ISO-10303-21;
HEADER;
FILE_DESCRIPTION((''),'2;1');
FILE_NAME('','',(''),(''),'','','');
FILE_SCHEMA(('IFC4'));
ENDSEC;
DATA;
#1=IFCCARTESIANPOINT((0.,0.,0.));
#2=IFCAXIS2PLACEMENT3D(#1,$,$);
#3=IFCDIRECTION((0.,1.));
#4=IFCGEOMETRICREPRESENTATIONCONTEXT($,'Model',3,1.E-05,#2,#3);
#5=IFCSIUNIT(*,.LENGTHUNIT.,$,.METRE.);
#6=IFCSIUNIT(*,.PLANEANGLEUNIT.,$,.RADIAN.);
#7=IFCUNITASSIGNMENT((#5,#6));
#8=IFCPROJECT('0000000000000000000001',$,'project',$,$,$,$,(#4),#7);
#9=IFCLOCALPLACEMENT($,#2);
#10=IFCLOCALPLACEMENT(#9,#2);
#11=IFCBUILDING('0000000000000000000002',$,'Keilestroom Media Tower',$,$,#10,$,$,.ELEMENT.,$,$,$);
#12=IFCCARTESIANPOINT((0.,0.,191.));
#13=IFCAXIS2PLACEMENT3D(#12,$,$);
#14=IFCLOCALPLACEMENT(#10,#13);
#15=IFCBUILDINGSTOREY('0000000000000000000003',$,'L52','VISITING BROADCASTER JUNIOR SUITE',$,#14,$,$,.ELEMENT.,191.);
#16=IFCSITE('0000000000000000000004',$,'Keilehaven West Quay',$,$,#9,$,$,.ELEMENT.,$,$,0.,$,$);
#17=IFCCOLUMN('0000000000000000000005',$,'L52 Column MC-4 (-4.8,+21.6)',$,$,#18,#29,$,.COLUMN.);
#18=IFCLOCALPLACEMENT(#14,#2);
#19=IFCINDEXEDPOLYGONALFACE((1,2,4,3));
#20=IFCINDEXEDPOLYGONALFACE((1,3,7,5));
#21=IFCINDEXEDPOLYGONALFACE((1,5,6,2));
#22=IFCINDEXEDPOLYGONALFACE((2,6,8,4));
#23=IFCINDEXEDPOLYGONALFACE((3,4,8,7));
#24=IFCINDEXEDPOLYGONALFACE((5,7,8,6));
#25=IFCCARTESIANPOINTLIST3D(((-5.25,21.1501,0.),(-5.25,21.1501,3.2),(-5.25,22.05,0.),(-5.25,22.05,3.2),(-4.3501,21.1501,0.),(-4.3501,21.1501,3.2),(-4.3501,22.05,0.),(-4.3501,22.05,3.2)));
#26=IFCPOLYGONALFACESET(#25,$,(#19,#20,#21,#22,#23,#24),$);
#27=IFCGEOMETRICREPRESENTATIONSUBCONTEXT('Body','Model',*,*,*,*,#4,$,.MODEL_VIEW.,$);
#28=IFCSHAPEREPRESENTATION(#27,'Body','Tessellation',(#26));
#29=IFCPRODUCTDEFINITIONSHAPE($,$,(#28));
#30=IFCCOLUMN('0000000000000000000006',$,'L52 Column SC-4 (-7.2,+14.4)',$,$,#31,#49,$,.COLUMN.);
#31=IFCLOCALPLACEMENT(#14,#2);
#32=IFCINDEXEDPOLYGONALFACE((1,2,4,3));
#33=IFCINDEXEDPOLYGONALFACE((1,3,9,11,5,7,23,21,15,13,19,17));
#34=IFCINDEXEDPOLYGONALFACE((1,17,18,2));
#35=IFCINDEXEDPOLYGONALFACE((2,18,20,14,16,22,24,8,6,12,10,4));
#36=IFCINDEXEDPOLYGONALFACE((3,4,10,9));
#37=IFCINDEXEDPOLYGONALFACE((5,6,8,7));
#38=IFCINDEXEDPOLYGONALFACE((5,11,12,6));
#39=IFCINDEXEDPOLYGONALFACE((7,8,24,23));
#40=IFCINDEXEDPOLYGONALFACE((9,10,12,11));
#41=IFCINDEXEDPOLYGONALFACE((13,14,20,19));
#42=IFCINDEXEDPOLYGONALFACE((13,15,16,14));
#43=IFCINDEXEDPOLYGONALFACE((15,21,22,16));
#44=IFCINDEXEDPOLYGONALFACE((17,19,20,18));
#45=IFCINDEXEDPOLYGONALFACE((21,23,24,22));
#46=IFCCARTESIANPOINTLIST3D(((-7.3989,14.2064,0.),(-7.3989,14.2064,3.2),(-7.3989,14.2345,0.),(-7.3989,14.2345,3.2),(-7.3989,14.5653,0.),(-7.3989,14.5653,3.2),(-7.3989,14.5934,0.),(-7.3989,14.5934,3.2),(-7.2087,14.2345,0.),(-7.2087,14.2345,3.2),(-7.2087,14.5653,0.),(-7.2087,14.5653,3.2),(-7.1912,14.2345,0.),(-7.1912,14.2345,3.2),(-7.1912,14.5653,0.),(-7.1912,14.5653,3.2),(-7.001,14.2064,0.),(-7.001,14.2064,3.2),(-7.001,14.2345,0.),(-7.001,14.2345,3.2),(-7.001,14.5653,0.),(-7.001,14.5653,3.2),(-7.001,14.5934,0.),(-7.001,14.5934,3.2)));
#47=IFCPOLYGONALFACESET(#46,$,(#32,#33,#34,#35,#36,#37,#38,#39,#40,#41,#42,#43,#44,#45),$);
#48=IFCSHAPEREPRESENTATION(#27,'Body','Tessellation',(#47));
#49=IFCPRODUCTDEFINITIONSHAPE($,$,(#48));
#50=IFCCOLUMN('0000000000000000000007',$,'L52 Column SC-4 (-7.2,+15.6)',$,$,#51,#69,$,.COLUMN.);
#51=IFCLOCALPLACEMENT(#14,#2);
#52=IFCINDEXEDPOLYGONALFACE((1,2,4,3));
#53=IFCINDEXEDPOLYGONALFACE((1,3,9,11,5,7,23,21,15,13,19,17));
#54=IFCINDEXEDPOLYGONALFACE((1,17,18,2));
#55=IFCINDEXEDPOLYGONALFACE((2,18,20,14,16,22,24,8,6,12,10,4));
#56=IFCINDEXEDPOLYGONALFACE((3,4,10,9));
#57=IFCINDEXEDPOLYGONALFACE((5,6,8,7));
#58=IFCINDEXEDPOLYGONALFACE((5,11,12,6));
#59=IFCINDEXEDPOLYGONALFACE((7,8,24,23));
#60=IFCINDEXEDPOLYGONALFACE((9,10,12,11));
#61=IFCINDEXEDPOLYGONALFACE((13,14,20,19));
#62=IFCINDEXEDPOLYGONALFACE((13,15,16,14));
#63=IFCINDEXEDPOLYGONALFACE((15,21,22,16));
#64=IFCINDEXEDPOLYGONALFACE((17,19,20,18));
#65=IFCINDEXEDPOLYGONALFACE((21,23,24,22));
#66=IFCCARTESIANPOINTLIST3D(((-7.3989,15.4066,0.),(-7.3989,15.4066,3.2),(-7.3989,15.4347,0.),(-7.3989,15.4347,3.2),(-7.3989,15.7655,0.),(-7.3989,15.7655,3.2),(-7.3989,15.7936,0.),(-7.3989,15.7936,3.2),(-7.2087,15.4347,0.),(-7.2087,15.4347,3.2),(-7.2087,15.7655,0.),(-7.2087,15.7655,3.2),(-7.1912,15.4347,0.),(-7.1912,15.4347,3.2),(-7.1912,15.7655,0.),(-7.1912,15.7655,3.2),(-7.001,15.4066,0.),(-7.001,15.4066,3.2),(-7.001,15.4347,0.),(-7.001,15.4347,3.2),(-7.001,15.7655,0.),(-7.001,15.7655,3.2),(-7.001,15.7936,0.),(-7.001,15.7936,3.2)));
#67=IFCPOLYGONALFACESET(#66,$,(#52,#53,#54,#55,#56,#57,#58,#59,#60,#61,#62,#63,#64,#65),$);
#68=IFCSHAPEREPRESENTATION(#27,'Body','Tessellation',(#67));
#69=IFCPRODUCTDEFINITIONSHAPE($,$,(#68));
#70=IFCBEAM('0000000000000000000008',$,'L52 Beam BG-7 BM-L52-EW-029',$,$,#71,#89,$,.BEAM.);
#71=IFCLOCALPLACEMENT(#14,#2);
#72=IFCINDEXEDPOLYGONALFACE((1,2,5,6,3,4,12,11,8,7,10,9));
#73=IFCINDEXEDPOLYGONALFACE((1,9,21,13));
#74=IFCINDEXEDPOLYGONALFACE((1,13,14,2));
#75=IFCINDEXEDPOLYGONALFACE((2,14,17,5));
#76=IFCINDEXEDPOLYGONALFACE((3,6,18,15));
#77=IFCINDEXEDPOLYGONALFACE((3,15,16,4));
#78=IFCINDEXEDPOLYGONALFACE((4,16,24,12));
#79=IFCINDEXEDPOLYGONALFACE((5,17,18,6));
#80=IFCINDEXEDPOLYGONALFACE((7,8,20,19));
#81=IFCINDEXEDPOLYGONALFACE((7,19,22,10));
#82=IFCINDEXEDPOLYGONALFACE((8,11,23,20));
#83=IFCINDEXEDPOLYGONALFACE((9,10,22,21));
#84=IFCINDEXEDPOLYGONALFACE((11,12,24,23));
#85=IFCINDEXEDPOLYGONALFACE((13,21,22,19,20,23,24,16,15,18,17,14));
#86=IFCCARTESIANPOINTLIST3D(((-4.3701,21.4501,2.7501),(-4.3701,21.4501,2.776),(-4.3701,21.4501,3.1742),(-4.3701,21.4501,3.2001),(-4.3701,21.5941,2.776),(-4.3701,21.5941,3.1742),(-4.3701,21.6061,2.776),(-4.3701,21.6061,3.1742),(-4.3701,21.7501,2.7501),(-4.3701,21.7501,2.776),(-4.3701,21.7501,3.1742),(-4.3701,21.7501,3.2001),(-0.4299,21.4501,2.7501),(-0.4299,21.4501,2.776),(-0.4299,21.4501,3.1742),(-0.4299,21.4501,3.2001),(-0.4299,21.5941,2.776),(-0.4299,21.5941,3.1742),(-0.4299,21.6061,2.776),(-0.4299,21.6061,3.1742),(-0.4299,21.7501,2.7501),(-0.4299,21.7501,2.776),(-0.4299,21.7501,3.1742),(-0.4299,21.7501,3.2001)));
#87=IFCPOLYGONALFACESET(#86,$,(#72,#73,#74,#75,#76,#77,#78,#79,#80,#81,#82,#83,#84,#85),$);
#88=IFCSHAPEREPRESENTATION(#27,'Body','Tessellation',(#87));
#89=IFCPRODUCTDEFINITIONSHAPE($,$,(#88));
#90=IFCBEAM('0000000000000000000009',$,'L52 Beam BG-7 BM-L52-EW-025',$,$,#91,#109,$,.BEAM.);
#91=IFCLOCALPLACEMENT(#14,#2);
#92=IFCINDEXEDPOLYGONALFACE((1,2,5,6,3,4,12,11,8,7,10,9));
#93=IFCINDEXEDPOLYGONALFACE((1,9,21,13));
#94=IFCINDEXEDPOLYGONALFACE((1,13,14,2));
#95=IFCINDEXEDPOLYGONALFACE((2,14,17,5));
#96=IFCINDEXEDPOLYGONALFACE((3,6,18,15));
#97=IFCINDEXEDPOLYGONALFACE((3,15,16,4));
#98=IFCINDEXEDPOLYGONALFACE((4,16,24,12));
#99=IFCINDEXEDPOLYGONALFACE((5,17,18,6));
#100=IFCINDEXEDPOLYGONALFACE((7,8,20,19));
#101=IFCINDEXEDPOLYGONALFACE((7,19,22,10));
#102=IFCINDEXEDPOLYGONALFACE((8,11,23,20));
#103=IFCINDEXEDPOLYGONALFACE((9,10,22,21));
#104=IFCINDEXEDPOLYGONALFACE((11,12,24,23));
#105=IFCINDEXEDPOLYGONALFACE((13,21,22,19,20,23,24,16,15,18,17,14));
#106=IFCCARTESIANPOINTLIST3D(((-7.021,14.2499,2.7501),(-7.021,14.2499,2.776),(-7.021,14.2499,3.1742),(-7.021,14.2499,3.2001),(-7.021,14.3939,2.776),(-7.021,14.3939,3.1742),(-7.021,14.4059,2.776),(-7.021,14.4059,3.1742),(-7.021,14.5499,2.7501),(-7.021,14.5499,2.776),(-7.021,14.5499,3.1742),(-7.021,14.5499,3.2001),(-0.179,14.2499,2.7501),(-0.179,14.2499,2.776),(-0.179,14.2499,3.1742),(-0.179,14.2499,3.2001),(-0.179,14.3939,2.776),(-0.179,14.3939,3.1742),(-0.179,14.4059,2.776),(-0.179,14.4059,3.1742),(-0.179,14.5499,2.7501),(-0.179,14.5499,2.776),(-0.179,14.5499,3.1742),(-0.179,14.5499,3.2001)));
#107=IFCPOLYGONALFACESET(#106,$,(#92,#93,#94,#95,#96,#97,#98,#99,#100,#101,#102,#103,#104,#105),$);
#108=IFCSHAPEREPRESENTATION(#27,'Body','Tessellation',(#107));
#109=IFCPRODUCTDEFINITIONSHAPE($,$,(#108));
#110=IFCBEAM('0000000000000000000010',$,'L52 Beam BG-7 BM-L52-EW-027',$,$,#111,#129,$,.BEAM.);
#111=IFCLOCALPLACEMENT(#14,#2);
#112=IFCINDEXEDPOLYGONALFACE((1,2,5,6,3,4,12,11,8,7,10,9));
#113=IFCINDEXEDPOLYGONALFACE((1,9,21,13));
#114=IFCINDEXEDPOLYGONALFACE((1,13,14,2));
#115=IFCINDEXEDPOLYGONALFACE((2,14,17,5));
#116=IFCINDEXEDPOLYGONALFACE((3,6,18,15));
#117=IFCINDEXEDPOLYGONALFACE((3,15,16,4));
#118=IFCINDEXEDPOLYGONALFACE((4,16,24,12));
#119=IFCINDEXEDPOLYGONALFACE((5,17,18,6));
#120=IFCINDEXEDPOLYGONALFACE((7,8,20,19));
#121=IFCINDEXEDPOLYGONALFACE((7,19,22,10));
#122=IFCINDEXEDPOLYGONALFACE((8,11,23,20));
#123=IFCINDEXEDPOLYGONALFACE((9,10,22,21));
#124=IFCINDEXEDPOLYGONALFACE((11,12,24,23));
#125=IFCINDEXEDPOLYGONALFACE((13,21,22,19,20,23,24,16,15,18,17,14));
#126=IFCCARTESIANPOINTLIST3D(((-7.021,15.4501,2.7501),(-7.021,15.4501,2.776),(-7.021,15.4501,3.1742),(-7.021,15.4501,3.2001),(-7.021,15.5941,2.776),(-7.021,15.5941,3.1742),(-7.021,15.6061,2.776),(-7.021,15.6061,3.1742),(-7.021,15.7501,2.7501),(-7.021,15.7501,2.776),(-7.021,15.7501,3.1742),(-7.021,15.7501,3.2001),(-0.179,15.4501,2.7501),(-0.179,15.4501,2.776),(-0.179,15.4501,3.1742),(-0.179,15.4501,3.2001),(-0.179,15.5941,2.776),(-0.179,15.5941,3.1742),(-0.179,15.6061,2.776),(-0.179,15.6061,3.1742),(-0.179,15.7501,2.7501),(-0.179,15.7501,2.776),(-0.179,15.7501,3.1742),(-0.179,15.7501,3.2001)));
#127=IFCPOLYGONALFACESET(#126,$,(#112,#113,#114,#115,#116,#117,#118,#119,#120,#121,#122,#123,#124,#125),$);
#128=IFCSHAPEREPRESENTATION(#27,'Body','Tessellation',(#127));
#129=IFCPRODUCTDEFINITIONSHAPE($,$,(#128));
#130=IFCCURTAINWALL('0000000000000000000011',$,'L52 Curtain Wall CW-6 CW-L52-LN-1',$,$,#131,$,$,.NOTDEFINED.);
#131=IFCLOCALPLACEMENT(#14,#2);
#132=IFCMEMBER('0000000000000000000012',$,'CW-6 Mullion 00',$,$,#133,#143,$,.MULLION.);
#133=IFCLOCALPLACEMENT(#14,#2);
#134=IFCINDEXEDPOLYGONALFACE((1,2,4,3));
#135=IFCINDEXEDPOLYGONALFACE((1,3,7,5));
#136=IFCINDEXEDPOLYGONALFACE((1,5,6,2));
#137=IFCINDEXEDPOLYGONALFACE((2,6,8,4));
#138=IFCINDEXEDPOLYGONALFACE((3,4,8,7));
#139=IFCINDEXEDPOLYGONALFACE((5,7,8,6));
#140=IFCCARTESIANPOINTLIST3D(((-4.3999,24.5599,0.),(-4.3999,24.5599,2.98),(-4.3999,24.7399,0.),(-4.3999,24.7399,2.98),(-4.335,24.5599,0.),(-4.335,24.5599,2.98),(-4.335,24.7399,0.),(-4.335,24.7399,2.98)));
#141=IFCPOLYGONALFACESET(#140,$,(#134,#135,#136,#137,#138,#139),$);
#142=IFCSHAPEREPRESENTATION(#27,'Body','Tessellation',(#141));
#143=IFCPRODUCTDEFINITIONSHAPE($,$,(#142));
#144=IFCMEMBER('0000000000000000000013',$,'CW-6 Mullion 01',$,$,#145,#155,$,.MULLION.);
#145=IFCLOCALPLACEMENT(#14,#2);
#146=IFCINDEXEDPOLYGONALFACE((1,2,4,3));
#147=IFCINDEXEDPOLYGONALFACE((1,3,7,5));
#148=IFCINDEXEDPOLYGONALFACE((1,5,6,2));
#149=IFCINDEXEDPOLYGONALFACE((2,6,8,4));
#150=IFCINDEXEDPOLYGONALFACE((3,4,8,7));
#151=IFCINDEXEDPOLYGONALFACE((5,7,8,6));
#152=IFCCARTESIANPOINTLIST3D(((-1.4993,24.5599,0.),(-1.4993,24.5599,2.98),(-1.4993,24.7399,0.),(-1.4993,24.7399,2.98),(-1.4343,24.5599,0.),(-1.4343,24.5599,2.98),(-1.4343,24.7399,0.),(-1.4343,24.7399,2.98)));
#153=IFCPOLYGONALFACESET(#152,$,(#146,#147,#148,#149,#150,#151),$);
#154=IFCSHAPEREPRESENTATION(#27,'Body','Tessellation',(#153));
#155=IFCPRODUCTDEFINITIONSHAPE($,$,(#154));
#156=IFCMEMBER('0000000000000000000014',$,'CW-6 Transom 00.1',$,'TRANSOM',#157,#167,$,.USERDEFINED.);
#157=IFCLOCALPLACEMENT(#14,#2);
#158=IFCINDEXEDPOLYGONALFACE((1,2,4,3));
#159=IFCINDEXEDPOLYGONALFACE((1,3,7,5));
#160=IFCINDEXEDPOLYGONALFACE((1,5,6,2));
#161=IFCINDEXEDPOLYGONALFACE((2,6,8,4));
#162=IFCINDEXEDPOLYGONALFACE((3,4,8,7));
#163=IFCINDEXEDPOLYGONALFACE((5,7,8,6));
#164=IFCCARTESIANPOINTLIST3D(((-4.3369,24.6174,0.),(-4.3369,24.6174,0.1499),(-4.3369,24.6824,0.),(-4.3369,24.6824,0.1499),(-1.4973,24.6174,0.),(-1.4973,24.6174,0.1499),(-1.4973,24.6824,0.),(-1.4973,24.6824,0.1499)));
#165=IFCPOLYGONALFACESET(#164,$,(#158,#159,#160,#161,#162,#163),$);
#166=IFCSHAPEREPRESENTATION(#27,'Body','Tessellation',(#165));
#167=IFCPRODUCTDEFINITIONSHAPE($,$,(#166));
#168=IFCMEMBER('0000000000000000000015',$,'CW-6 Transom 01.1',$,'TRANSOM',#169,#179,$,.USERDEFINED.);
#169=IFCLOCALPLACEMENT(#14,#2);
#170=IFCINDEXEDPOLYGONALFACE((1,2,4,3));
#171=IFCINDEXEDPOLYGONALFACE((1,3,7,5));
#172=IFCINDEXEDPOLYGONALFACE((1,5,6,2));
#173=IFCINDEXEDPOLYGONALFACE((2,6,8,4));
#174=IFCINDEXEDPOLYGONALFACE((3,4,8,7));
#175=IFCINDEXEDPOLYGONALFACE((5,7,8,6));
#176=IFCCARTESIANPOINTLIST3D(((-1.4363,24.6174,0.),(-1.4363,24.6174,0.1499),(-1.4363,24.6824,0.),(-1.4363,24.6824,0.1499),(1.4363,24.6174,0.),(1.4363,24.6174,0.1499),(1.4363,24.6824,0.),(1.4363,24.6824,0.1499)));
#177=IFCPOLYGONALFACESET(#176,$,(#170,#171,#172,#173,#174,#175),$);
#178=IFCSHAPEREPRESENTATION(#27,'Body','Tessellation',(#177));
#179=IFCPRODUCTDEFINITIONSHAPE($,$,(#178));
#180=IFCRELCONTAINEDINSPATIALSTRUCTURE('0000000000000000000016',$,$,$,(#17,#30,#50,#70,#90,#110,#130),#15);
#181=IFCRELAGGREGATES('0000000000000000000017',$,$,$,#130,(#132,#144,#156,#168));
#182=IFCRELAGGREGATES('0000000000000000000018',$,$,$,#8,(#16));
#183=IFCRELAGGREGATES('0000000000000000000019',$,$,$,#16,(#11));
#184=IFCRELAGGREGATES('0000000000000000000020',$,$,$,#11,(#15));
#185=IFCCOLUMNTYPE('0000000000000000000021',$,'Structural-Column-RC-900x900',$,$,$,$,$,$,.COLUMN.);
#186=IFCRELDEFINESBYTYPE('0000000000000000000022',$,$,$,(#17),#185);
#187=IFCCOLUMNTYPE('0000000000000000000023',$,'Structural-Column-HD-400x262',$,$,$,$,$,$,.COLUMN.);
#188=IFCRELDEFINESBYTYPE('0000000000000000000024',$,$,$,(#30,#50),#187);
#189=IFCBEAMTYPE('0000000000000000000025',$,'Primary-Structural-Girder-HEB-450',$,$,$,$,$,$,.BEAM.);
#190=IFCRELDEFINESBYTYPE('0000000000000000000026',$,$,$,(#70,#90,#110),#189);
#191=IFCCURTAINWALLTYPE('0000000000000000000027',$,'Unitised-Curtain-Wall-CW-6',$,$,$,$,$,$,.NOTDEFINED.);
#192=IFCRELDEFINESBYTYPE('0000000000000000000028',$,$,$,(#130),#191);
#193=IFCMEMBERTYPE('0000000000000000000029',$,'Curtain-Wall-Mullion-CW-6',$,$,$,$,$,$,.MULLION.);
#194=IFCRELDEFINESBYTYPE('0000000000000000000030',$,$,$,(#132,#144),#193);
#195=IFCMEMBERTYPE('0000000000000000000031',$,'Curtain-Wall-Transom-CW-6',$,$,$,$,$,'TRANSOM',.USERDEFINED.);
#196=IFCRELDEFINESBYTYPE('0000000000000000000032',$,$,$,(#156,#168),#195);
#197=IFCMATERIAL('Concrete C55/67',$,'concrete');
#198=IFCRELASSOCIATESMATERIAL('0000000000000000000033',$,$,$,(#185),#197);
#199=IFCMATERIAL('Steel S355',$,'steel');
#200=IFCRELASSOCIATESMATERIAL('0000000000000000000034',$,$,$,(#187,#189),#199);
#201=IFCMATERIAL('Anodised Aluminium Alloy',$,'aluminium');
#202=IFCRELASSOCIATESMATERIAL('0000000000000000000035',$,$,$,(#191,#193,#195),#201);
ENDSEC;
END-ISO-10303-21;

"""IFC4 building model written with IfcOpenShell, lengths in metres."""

from ifc_helpers import new_model, si_unit, direction, frame, origin, origin_2d, place, context, subcontext, project, spatial, rectangle, i_section, extrude, source, transform, mapped, material, material_profile, profile_set, type_object, element, aggregate, save


model = new_model("IFC4")

# Units and contexts
model_context = context("Model", 3, precision=1e-05, world=origin(), true_north=direction((0.0, 1.0)))
body_context = subcontext(model_context, "Body", "Model", "MODEL_VIEW")
ifc_project = project(units=[si_unit("LENGTHUNIT", "METRE"), si_unit("PLANEANGLEUNIT", "RADIAN")], contexts=[model_context])

# Site, building, storey
site_placement = place(None, origin())
site = spatial("IfcSite", under=ifc_project, at=site_placement, Name="Keilehaven West Quay", CompositionType="ELEMENT", RefElevation=0.0)
building_placement = place(site_placement, origin())
building = spatial("IfcBuilding", under=site, at=building_placement, Name="Keilestroom Media Tower", CompositionType="ELEMENT")
storey_placement = place(building_placement, frame((0.0, 0.0, 191.0)))
storey = spatial("IfcBuildingStorey", under=building, at=storey_placement, Name="L52", Description="VISITING BROADCASTER JUNIOR SUITE", CompositionType="ELEMENT", Elevation=191.0)

# Columns
ifc_material_1 = material(Name="Concrete C55/67", Category="concrete")
ifc_material_profile_1 = material_profile(ifc_material_1, rectangle(XDim=0.8999, YDim=0.8999, at=origin_2d()), Name="RC 900x900")
ifc_profile_set_1 = profile_set([ifc_material_profile_1], Name="Concrete C55/67")
column_type_1 = type_object("IfcColumnType", Name="Structural-Column-RC-900x900", PredefinedType="COLUMN", material=ifc_profile_set_1)
shared_shape_1 = source(origin(), body_context, "Body", "SweptSolid", [
    extrude(rectangle(XDim=0.8999, YDim=0.8999, at=origin_2d()), origin(), (0.0, 0.0, 1.0), 3.2),
])
column_placement = place(storey_placement, frame((-4.8, 21.6001, 0.0), z_axis=(0.0, 0.0, 1.0), x_axis=(1.0, 0.0, 0.0)))
element("IfcColumn", 1, at=column_placement, inside=storey, type_object=column_type_1, Name="L52 Column MC-4 (-4.8,+21.6)", PredefinedType="COLUMN", context=body_context, shape_type="MappedRepresentation", body=[
    mapped(shared_shape_1, transform((0.0, 0.0, 0.0), x_axis=(1.0, 0.0, 0.0), y_axis=(0.0, 1.0, 0.0), z_axis=(0.0, 0.0, 1.0), scale=1.0)),
])
ifc_material_2 = material(Name="Steel S355", Category="steel")
ifc_material_profile_2 = material_profile(ifc_material_2, i_section(OverallWidth=0.3979, OverallDepth=0.387, WebThickness=0.0176, FlangeThickness=0.0281, at=origin_2d()), Name="HD 400x262")
ifc_profile_set_2 = profile_set([ifc_material_profile_2], Name="Steel S355")
column_type_2 = type_object("IfcColumnType", Name="Structural-Column-HD-400x262", PredefinedType="COLUMN", material=ifc_profile_set_2)
shared_shape_2 = source(origin(), body_context, "Body", "SweptSolid", [
    extrude(i_section(OverallWidth=0.3979, OverallDepth=0.387, WebThickness=0.0176, FlangeThickness=0.0281, at=origin_2d()), origin(), (0.0, 0.0, 1.0), 3.2),
])
for number, where, z_axis, x_axis, name in (
    (2, (-7.2, 14.3999, 0.0), (0.0, 0.0, 1.0), (1.0, 0.0, 0.0), "L52 Column SC-4 (-7.2,+14.4)"),
    (3, (-7.2, 15.6001, 0.0), (0.0, 0.0, 1.0), (1.0, 0.0, 0.0), "L52 Column SC-4 (-7.2,+15.6)"),
):
    element("IfcColumn", number, at=place(storey_placement, frame(where, z_axis=z_axis, x_axis=x_axis)), inside=storey, type_object=column_type_2, Name=name, PredefinedType="COLUMN", context=body_context, shape_type="MappedRepresentation", body=[
        mapped(shared_shape_2, transform((0.0, 0.0, 0.0), x_axis=(1.0, 0.0, 0.0), y_axis=(0.0, 1.0, 0.0), z_axis=(0.0, 0.0, 1.0), scale=1.0)),
    ])

# Beams
ifc_material_profile_3 = material_profile(ifc_material_2, i_section(OverallWidth=0.3, OverallDepth=0.45, WebThickness=0.012, FlangeThickness=0.0259, at=origin_2d()), Name="HEB 450")
ifc_profile_set_3 = profile_set([ifc_material_profile_3], Name="Steel S355")
beam_type = type_object("IfcBeamType", Name="Primary-Structural-Girder-HEB-450", PredefinedType="BEAM", material=ifc_profile_set_3)
shared_shape_3 = source(origin(), body_context, "Body", "SweptSolid", [
    extrude(i_section(OverallWidth=0.3, OverallDepth=0.45, WebThickness=0.012, FlangeThickness=0.0259, at=origin_2d()), origin(), (0.0, 0.0, 1.0), 3.9402),
])
beam_placement = place(storey_placement, frame((-4.3701, 21.6001, 2.9751), z_axis=(1.0, 0.0, 0.0), x_axis=(0.0, 1.0, 0.0)))
element("IfcBeam", 4, at=beam_placement, inside=storey, type_object=beam_type, Name="L52 Beam BG-7 BM-L52-EW-029", PredefinedType="BEAM", context=body_context, shape_type="MappedRepresentation", body=[
    mapped(shared_shape_3, transform((0.0, 0.0, 0.0), x_axis=(1.0, 0.0, 0.0), y_axis=(0.0, 1.0, 0.0), z_axis=(0.0, 0.0, 1.0), scale=1.0)),
])
shared_shape_4 = source(origin(), body_context, "Body", "SweptSolid", [
    extrude(i_section(OverallWidth=0.3, OverallDepth=0.45, WebThickness=0.012, FlangeThickness=0.0259, at=origin_2d()), origin(), (0.0, 0.0, 1.0), 6.842),
])
for number, where, z_axis, x_axis, name in (
    (5, (-7.021, 14.3999, 2.9751), (1.0, 0.0, 0.0), (0.0, 1.0, 0.0), "L52 Beam BG-7 BM-L52-EW-025"),
    (6, (-7.021, 15.6001, 2.9751), (1.0, 0.0, 0.0), (0.0, 1.0, 0.0), "L52 Beam BG-7 BM-L52-EW-027"),
):
    element("IfcBeam", number, at=place(storey_placement, frame(where, z_axis=z_axis, x_axis=x_axis)), inside=storey, type_object=beam_type, Name=name, PredefinedType="BEAM", context=body_context, shape_type="MappedRepresentation", body=[
        mapped(shared_shape_4, transform((0.0, 0.0, 0.0), x_axis=(1.0, 0.0, 0.0), y_axis=(0.0, 1.0, 0.0), z_axis=(0.0, 0.0, 1.0), scale=1.0)),
    ])

# Curtain wall, members
ifc_material_3 = material(Name="Anodised Aluminium Alloy", Category="aluminium")
curtain_wall_type = type_object("IfcCurtainWallType", Name="Unitised-Curtain-Wall-CW-6", PredefinedType="NOTDEFINED", material=ifc_material_3)
curtain_wall_placement = place(storey_placement, origin())
curtain_wall = element("IfcCurtainWall", 7, at=curtain_wall_placement, inside=storey, type_object=curtain_wall_type, Name="L52 Curtain Wall CW-6 CW-L52-LN-1", PredefinedType="NOTDEFINED")
ifc_material_profile_4 = material_profile(ifc_material_3, rectangle(XDim=0.0649, YDim=0.1799, at=origin_2d()), Name="ALU MULLION 65x180")
ifc_profile_set_4 = profile_set([ifc_material_profile_4], Name="Anodised Aluminium Alloy")
member_type_1 = type_object("IfcMemberType", Name="Curtain-Wall-Mullion-CW-6", PredefinedType="MULLION", material=ifc_profile_set_4)
shared_shape_5 = source(origin(), body_context, "Body", "SweptSolid", [
    extrude(rectangle(XDim=0.0649, YDim=0.1799, at=origin_2d()), origin(), (0.0, 0.0, 1.0), 2.98),
])
member_1_placement = place(storey_placement, frame((-4.3674, 24.6499, 0.0), z_axis=(0.0, 0.0, 1.0), x_axis=(1.0, 0.0, 0.0)))
member_1 = element("IfcMember", 8, at=member_1_placement, type_object=member_type_1, Name="CW-6 Mullion 00", PredefinedType="MULLION", context=body_context, shape_type="MappedRepresentation", body=[
    mapped(shared_shape_5, transform((0.0, 0.0, 0.0), x_axis=(1.0, 0.0, 0.0), y_axis=(0.0, 1.0, 0.0), z_axis=(0.0, 0.0, 1.0), scale=1.0)),
])
member_2_placement = place(storey_placement, frame((-1.4668, 24.6499, 0.0), z_axis=(0.0, 0.0, 1.0), x_axis=(1.0, 0.0, 0.0)))
member_2 = element("IfcMember", 9, at=member_2_placement, type_object=member_type_1, Name="CW-6 Mullion 01", PredefinedType="MULLION", context=body_context, shape_type="MappedRepresentation", body=[
    mapped(shared_shape_5, transform((0.0, 0.0, 0.0), x_axis=(1.0, 0.0, 0.0), y_axis=(0.0, 1.0, 0.0), z_axis=(0.0, 0.0, 1.0), scale=1.0)),
])
ifc_material_profile_5 = material_profile(ifc_material_3, rectangle(XDim=0.0649, YDim=0.1499, at=origin_2d()), Name="ALU TRANSOM 65x150")
ifc_profile_set_5 = profile_set([ifc_material_profile_5], Name="Anodised Aluminium Alloy")
member_type_2 = type_object("IfcMemberType", Name="Curtain-Wall-Transom-CW-6", ElementType="TRANSOM", PredefinedType="USERDEFINED", material=ifc_profile_set_5)
shared_shape_6 = source(origin(), body_context, "Body", "SweptSolid", [
    extrude(rectangle(XDim=0.0649, YDim=0.1499, at=origin_2d()), origin(), (0.0, 0.0, 1.0), 2.8396),
])
member_3_placement = place(storey_placement, frame((-4.3369, 24.6499, 0.075), z_axis=(1.0, 0.0, 0.0), x_axis=(0.0, 1.0, 0.0)))
member_3 = element("IfcMember", 10, at=member_3_placement, type_object=member_type_2, Name="CW-6 Transom 00.1", ObjectType="TRANSOM", PredefinedType="USERDEFINED", context=body_context, shape_type="MappedRepresentation", body=[
    mapped(shared_shape_6, transform((0.0, 0.0, 0.0), x_axis=(1.0, 0.0, 0.0), y_axis=(0.0, 1.0, 0.0), z_axis=(0.0, 0.0, 1.0), scale=1.0)),
])
shared_shape_7 = source(origin(), body_context, "Body", "SweptSolid", [
    extrude(rectangle(XDim=0.0649, YDim=0.1499, at=origin_2d()), origin(), (0.0, 0.0, 1.0), 2.8726),
])
member_4_placement = place(storey_placement, frame((-1.4363, 24.6499, 0.075), z_axis=(1.0, 0.0, 0.0), x_axis=(0.0, 1.0, 0.0)))
member_4 = element("IfcMember", 11, at=member_4_placement, type_object=member_type_2, Name="CW-6 Transom 01.1", ObjectType="TRANSOM", PredefinedType="USERDEFINED", context=body_context, shape_type="MappedRepresentation", body=[
    mapped(shared_shape_7, transform((0.0, 0.0, 0.0), x_axis=(1.0, 0.0, 0.0), y_axis=(0.0, 1.0, 0.0), z_axis=(0.0, 0.0, 1.0), scale=1.0)),
])
aggregate(curtain_wall, [member_1, member_2, member_3, member_4])

save(model, "model.ifc")
